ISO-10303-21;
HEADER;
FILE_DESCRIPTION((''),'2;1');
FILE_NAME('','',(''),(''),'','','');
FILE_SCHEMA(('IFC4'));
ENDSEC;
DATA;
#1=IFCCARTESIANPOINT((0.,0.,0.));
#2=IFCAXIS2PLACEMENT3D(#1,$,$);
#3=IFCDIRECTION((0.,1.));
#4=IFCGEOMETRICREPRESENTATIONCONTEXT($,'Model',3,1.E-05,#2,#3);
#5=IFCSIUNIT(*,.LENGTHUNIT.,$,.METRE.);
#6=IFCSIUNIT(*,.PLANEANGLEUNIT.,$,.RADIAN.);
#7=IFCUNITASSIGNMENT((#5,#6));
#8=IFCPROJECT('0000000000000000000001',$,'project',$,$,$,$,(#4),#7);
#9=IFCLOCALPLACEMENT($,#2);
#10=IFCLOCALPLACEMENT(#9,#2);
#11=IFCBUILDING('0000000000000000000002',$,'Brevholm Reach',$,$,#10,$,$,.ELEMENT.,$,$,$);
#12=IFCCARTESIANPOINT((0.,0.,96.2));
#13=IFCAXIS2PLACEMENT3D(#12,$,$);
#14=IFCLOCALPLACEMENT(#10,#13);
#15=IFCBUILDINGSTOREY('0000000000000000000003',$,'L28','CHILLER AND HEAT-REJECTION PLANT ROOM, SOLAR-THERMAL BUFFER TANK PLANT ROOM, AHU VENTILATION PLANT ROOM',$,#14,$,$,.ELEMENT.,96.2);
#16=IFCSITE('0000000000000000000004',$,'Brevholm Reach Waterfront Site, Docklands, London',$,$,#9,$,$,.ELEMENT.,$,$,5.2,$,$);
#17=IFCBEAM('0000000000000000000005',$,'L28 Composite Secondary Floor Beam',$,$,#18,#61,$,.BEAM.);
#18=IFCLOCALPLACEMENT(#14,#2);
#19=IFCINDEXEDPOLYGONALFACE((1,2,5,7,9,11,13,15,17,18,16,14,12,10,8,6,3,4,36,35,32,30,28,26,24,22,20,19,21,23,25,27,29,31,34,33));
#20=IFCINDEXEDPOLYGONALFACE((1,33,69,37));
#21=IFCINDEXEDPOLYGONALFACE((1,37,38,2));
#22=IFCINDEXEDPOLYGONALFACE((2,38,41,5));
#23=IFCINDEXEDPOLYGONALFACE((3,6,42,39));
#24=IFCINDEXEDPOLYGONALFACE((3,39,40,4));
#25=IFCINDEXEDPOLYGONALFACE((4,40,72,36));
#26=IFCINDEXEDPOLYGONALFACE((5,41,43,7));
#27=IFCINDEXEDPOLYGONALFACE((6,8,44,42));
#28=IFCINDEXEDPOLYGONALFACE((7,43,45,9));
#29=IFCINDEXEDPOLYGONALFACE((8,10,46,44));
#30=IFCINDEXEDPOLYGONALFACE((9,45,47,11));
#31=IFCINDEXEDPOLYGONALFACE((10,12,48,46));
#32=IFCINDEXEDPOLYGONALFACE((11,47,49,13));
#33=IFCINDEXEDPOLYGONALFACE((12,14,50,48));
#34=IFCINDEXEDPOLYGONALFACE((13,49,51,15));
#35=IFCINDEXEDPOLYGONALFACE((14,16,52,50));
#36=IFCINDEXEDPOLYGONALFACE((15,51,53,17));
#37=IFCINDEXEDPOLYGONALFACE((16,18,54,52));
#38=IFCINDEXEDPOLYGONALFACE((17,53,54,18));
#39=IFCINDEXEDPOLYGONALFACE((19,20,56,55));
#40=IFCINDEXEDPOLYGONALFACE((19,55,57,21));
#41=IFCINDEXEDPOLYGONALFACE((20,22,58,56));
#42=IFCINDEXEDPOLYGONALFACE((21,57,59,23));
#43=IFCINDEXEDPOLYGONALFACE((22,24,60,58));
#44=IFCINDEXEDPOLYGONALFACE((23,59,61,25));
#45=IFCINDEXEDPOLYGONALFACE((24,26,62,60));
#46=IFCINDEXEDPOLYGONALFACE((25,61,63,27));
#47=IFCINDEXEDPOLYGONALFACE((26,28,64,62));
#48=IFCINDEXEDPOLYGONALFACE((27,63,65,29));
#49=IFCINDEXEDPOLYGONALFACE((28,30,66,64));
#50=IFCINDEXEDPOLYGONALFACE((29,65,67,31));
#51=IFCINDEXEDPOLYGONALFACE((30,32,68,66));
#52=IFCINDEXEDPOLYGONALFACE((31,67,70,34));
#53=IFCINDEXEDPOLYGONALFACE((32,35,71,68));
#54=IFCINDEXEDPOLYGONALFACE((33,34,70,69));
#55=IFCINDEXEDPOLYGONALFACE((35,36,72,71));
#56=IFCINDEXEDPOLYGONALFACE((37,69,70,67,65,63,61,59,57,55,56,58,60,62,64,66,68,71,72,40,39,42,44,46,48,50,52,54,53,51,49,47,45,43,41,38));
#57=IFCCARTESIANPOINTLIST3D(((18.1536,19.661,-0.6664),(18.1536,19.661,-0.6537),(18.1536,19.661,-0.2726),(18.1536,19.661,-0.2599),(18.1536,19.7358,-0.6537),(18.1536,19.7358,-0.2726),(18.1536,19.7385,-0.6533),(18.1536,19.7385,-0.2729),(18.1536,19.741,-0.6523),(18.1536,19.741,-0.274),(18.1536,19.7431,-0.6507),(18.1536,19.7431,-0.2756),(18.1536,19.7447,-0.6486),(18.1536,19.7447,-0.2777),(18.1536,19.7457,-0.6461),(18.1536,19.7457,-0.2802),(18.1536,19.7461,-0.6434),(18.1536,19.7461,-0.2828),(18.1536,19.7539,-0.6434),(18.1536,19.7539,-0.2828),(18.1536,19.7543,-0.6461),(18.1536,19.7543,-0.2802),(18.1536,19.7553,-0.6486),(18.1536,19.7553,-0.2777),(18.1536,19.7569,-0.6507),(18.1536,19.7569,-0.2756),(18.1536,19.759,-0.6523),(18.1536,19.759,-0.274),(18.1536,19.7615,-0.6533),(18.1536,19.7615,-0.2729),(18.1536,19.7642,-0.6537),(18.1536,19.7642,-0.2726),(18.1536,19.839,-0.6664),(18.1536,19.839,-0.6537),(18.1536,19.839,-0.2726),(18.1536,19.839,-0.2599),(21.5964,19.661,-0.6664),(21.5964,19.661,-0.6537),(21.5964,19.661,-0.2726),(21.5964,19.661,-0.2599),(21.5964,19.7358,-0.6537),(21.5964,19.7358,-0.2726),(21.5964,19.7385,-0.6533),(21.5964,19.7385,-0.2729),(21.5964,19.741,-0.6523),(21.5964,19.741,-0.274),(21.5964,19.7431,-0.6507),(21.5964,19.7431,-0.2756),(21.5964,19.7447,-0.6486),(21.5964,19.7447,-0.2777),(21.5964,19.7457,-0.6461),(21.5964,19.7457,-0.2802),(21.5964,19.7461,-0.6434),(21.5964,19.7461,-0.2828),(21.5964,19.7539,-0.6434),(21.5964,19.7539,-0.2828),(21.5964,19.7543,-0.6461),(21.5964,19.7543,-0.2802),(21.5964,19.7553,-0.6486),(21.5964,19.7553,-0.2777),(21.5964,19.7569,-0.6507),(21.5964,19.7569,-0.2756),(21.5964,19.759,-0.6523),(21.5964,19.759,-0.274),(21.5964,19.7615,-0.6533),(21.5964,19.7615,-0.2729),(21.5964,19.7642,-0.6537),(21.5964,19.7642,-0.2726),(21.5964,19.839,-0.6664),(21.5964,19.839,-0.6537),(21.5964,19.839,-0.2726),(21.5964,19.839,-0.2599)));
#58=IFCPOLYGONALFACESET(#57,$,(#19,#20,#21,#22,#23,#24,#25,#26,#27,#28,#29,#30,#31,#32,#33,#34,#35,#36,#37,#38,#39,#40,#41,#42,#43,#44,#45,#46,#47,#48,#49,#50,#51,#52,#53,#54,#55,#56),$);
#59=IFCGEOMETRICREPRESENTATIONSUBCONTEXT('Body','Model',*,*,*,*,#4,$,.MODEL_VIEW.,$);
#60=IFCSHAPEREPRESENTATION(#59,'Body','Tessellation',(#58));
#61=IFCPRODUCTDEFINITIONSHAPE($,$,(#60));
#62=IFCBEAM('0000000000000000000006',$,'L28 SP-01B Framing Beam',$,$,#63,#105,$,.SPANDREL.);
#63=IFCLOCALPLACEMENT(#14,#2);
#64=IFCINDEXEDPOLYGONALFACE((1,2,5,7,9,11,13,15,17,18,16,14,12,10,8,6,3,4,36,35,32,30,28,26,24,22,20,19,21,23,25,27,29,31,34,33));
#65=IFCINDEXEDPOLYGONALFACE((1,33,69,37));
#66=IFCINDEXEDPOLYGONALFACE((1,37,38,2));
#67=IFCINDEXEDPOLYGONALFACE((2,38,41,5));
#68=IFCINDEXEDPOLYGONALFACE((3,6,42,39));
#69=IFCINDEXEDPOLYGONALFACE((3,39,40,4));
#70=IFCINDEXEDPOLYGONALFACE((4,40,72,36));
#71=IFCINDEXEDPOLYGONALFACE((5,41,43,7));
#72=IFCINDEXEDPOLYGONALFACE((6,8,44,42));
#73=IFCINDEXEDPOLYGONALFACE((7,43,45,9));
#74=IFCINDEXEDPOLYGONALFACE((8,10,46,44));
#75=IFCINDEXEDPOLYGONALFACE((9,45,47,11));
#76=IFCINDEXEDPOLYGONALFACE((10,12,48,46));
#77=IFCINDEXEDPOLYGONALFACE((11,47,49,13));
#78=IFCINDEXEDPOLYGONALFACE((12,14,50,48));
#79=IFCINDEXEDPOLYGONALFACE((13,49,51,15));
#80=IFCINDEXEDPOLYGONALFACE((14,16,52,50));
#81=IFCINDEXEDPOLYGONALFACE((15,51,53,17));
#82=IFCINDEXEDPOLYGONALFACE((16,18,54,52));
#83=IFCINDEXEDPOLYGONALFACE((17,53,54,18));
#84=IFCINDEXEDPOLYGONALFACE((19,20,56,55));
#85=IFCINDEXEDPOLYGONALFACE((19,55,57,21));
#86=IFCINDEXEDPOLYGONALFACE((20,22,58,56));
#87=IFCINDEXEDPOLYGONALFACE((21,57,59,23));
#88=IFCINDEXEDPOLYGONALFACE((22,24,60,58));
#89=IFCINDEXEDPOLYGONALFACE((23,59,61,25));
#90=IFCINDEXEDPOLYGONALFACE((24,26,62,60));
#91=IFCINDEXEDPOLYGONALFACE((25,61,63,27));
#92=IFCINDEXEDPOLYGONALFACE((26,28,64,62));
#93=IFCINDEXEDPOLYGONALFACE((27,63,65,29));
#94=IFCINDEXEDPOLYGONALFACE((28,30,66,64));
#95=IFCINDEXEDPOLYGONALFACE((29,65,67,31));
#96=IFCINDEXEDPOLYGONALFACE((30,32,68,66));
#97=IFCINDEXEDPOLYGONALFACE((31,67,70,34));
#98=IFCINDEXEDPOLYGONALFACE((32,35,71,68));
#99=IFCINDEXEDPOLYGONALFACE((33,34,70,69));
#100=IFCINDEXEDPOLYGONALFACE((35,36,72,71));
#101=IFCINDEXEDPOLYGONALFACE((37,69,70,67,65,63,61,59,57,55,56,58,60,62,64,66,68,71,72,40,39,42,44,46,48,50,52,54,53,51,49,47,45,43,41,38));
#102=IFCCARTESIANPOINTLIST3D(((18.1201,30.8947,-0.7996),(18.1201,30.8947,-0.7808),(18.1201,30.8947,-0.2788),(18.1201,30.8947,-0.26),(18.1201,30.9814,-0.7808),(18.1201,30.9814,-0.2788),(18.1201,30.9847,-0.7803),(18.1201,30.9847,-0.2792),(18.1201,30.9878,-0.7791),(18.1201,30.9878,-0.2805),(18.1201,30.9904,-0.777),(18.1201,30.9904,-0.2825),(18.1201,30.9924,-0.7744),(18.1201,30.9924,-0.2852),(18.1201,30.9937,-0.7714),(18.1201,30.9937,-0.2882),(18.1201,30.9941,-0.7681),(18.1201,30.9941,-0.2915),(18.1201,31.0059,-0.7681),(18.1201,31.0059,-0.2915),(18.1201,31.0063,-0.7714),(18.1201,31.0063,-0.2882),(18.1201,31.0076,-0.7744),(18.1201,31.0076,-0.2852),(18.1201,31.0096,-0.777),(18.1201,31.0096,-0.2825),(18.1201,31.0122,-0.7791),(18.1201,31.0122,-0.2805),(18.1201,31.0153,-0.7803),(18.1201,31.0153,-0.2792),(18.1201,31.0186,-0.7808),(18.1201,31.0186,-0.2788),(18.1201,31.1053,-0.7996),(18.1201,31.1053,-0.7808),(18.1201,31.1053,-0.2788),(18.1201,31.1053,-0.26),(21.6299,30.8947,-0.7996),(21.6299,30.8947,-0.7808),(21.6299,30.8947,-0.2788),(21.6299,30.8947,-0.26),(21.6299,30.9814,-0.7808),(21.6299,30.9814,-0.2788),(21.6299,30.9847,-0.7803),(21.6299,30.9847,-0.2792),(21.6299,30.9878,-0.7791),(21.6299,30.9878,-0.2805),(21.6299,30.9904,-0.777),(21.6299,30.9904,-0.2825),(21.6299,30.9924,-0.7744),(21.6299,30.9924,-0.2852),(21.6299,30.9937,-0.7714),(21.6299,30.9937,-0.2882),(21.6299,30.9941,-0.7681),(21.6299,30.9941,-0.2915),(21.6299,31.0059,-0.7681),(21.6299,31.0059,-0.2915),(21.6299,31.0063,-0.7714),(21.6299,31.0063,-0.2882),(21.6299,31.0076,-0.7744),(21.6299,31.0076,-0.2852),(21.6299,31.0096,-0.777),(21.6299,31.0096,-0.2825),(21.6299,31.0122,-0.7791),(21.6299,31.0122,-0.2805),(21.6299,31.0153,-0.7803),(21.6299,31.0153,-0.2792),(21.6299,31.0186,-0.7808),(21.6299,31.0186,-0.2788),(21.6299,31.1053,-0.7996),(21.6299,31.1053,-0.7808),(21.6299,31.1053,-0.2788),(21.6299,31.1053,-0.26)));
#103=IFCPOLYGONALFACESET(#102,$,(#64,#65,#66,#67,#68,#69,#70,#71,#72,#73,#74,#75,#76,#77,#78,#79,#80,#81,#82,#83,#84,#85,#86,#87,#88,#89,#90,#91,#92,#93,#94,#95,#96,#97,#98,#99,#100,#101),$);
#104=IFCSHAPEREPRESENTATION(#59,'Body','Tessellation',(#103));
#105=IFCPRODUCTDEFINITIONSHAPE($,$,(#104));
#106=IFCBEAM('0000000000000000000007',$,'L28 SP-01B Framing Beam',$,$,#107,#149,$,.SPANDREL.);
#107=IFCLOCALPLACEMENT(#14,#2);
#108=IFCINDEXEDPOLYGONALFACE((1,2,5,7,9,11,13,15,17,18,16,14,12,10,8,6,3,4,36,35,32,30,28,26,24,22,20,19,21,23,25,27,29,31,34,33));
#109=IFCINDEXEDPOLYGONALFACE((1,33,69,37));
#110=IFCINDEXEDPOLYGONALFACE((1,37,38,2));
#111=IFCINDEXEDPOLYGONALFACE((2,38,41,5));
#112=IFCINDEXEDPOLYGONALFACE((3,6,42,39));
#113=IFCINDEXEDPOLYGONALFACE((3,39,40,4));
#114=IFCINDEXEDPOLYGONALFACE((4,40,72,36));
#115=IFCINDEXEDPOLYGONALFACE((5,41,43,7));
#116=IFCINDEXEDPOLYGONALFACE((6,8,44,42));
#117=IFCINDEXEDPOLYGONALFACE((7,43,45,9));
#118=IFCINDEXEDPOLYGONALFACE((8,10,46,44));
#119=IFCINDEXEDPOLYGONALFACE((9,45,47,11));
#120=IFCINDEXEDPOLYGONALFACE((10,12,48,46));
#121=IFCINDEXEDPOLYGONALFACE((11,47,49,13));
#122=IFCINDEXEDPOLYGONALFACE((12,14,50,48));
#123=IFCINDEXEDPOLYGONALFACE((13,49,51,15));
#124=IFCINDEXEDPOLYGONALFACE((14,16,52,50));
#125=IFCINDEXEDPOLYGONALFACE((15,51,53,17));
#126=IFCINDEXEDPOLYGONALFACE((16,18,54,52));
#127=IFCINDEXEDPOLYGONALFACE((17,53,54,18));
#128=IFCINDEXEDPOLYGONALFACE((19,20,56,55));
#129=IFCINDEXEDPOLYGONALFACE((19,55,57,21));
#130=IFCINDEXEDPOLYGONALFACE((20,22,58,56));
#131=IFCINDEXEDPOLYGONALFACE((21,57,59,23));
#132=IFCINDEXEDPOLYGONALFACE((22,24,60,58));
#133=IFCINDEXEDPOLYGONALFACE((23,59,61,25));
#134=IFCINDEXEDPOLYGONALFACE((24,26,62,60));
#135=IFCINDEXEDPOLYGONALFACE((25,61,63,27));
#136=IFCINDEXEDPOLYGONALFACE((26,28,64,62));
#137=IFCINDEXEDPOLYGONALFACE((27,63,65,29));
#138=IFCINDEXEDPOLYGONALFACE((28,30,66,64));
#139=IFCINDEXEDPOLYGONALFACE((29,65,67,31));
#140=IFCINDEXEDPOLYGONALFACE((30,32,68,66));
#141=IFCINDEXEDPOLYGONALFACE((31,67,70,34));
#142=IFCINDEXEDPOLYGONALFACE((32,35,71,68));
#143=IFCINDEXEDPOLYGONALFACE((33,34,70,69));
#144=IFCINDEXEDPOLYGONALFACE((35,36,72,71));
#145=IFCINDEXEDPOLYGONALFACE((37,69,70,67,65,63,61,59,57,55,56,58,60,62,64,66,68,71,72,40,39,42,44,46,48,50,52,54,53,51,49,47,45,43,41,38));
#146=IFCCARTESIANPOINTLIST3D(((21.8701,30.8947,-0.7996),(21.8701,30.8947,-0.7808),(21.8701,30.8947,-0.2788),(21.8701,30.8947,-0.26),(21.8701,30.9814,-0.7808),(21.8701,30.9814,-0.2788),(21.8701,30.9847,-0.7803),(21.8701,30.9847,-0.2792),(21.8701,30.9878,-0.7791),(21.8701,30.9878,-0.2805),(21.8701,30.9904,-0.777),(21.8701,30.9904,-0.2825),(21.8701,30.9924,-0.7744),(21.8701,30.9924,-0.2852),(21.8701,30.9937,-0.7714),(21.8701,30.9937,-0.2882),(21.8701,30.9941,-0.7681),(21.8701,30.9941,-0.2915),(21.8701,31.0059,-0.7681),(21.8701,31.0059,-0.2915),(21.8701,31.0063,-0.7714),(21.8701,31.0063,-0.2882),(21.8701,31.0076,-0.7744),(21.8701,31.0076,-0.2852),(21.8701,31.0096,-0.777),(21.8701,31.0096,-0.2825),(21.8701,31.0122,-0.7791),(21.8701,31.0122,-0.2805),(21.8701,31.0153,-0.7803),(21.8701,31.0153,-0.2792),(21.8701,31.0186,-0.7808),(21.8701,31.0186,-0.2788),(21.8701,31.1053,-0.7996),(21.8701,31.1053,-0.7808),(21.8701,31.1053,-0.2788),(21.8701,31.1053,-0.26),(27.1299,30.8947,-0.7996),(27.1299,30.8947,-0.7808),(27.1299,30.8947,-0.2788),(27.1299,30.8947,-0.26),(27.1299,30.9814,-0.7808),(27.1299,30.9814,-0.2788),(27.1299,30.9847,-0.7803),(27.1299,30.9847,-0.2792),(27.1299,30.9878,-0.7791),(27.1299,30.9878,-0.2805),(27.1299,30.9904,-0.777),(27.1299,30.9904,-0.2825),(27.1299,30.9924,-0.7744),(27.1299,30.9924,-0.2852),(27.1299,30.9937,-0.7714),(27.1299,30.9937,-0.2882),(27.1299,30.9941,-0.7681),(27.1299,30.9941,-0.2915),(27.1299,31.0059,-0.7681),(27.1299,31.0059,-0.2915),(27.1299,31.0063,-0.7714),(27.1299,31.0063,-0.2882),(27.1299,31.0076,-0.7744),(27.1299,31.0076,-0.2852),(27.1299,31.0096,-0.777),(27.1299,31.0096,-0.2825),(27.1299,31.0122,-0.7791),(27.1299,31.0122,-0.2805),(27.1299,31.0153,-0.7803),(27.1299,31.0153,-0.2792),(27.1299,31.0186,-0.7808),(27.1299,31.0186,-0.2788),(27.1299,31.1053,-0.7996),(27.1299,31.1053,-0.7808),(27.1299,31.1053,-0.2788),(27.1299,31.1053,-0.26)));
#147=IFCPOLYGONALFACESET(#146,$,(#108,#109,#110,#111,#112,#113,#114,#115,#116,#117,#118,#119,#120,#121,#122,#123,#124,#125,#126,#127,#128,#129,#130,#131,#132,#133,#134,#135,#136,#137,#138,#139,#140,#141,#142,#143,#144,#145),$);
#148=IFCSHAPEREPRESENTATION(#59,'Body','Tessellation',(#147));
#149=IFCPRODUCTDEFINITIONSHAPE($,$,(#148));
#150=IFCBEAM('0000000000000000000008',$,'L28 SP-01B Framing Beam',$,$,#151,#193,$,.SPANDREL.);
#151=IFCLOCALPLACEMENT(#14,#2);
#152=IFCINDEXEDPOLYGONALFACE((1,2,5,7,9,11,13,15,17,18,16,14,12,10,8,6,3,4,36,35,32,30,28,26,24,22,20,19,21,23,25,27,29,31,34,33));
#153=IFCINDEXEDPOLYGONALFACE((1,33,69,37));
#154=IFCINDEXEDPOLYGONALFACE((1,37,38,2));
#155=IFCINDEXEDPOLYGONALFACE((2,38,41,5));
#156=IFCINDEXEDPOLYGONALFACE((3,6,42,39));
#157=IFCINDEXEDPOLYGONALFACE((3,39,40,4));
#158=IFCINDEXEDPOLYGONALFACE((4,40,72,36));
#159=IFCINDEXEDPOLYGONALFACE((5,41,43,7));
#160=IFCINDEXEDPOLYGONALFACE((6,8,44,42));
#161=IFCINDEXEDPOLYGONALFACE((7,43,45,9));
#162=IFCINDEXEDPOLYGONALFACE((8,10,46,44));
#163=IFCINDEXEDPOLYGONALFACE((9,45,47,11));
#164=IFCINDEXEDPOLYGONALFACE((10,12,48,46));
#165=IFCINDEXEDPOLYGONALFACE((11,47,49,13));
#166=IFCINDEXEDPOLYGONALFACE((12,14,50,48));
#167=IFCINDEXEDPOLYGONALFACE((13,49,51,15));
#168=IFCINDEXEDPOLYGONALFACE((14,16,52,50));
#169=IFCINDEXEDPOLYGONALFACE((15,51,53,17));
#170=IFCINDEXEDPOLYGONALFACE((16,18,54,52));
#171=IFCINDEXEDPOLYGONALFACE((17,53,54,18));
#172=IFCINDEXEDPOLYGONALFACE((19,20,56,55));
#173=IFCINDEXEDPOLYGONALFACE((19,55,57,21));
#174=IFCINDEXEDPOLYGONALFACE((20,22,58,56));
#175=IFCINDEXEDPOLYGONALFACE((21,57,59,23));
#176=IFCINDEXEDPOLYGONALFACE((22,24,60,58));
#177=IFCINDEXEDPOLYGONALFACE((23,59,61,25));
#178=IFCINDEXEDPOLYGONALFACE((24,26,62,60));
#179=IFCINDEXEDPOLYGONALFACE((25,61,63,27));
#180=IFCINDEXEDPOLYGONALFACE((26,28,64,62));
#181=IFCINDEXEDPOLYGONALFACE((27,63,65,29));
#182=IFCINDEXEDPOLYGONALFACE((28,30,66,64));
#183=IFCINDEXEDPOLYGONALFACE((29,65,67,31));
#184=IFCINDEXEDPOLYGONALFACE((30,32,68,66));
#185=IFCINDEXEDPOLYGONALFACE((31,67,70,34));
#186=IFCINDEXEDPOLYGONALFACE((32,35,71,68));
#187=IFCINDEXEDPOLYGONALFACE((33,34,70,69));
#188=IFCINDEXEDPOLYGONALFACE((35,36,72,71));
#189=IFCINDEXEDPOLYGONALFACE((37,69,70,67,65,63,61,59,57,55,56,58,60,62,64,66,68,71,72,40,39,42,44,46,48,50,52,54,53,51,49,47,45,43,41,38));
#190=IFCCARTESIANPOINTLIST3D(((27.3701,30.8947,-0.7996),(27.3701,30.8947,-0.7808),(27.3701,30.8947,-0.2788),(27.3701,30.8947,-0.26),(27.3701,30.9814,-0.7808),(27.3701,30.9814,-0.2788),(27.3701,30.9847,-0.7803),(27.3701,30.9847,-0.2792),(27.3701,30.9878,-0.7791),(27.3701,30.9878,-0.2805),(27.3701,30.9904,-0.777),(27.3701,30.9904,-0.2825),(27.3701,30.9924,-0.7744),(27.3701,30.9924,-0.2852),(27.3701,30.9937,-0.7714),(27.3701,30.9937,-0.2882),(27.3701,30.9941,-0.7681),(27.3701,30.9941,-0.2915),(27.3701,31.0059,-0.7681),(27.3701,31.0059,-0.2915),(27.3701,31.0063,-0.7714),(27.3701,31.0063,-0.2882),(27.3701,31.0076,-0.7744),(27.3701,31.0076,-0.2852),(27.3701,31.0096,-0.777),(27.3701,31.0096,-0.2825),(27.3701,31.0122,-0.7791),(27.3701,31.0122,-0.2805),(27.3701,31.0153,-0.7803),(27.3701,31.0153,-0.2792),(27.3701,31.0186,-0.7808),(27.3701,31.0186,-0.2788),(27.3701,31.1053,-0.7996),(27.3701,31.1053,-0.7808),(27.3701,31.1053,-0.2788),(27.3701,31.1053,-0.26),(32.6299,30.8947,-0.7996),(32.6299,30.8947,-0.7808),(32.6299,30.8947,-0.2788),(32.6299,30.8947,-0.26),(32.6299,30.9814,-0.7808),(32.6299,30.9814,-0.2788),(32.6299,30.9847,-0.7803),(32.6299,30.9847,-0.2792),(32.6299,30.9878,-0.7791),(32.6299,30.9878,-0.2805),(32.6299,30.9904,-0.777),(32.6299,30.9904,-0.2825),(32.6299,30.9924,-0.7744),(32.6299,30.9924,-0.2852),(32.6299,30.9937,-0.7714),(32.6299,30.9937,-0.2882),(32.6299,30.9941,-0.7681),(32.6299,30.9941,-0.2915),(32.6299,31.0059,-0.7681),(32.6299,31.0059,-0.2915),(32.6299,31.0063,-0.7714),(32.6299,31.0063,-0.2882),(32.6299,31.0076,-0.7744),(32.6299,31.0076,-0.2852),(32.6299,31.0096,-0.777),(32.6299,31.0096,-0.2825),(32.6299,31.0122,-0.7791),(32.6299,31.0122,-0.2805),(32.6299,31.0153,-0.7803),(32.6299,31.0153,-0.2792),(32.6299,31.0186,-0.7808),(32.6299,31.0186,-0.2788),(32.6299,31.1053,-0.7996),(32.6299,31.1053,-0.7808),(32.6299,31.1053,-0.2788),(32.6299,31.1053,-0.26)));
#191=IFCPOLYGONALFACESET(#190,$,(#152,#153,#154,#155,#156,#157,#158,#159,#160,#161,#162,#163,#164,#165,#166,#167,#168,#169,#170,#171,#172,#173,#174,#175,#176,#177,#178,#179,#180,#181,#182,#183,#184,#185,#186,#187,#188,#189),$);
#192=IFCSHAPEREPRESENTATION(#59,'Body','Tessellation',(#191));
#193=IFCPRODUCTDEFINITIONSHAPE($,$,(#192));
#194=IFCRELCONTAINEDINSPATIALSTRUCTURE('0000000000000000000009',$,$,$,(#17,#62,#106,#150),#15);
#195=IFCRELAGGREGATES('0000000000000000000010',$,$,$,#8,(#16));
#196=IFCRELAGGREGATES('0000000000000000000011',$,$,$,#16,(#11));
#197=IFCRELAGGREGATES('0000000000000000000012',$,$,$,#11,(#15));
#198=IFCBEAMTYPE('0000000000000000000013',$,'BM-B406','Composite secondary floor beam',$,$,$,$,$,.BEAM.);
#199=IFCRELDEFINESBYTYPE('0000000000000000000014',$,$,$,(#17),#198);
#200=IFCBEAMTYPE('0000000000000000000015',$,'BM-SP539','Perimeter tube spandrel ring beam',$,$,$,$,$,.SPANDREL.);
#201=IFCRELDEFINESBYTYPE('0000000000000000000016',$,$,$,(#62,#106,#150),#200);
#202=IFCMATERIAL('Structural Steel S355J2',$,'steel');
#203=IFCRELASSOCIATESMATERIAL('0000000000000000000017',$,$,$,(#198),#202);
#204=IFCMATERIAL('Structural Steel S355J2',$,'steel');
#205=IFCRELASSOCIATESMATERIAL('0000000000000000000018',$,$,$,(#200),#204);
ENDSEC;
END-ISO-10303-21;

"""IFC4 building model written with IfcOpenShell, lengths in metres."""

from ifc_helpers import new_model, si_unit, direction, frame, origin, origin_2d, place, context, subcontext, project, spatial, i_section, extrude, material, material_profile, profile_set, type_object, element, save


model = new_model("IFC4")

# Units and contexts
model_context = context("Model", 3, precision=1e-05, world=origin(), true_north=direction((0.0, 1.0)))
body_context = subcontext(model_context, "Body", "Model", "MODEL_VIEW")
ifc_project = project(units=[si_unit("LENGTHUNIT", "METRE"), si_unit("PLANEANGLEUNIT", "RADIAN")], contexts=[model_context])

# Site, building, storey
site_placement = place(None, origin())
site = spatial("IfcSite", under=ifc_project, at=site_placement, Name="Brevholm Reach Waterfront Site, Docklands, London", CompositionType="ELEMENT", RefElevation=5.2)
building_placement = place(site_placement, origin())
building = spatial("IfcBuilding", under=site, at=building_placement, Name="Brevholm Reach", CompositionType="ELEMENT")
storey_placement = place(building_placement, frame((0.0, 0.0, 96.2)))
storey = spatial("IfcBuildingStorey", under=building, at=storey_placement, Name="L28", Description="CHILLER AND HEAT-REJECTION PLANT ROOM, SOLAR-THERMAL BUFFER TANK PLANT ROOM, AHU VENTILATION PLANT ROOM", CompositionType="ELEMENT", Elevation=96.2)

# Beams
ifc_material_1 = material(Name="Structural Steel S355J2", Category="steel")
ifc_material_profile_1 = material_profile(ifc_material_1, i_section(OverallWidth=0.178, OverallDepth=0.4065, WebThickness=0.0078, FlangeThickness=0.0127, FilletRadius=0.0103, at=origin_2d()), Name="UKB 406x178x60")
ifc_profile_set_1 = profile_set([ifc_material_profile_1], Name="Structural Steel S355J2")
beam_type_1 = type_object("IfcBeamType", Name="BM-B406", Description="Composite secondary floor beam", PredefinedType="BEAM", material=ifc_profile_set_1)
beam_1_placement = place(storey_placement, frame((18.1536, 19.75, -0.4631), z_axis=(1.0, 0.0, 0.0), x_axis=(0.0, 1.0, 0.0)))
element("IfcBeam", 1, at=beam_1_placement, inside=storey, type_object=beam_type_1, Name="L28 Composite Secondary Floor Beam", PredefinedType="BEAM", context=body_context, shape_type="SweptSolid", body=[
    extrude(i_section(OverallWidth=0.178, OverallDepth=0.4065, WebThickness=0.0078, FlangeThickness=0.0127, FilletRadius=0.0103, at=origin_2d()), origin(), (0.0, 0.0, 1.0), 3.4429),
])
ifc_material_2 = material(Name="Structural Steel S355J2", Category="steel")
ifc_material_profile_2 = material_profile(ifc_material_2, i_section(OverallWidth=0.2107, OverallDepth=0.5396, WebThickness=0.0117, FlangeThickness=0.0188, FilletRadius=0.0127, at=origin_2d()), Name="UKB 533x210x109")
ifc_profile_set_2 = profile_set([ifc_material_profile_2], Name="Structural Steel S355J2")
beam_type_2 = type_object("IfcBeamType", Name="BM-SP539", Description="Perimeter tube spandrel ring beam", PredefinedType="SPANDREL", material=ifc_profile_set_2)
beam_2_placement = place(storey_placement, frame((18.1201, 31.0, -0.5298), z_axis=(1.0, 0.0, 0.0), x_axis=(0.0, 1.0, 0.0)))
element("IfcBeam", 2, at=beam_2_placement, inside=storey, type_object=beam_type_2, Name="L28 SP-01B Framing Beam", PredefinedType="SPANDREL", context=body_context, shape_type="SweptSolid", body=[
    extrude(i_section(OverallWidth=0.2107, OverallDepth=0.5396, WebThickness=0.0117, FlangeThickness=0.0188, FilletRadius=0.0127, at=origin_2d()), origin(), (0.0, 0.0, 1.0), 3.5098),
])
for number, where, z_axis, x_axis, name in (
    (3, (21.8701, 31.0, -0.5298), (1.0, 0.0, 0.0), (0.0, 1.0, 0.0), "L28 SP-01B Framing Beam"),
    (4, (27.3701, 31.0, -0.5298), (1.0, 0.0, 0.0), (0.0, 1.0, 0.0), "L28 SP-01B Framing Beam"),
):
    element("IfcBeam", number, at=place(storey_placement, frame(where, z_axis=z_axis, x_axis=x_axis)), inside=storey, type_object=beam_type_2, Name=name, PredefinedType="SPANDREL", context=body_context, shape_type="SweptSolid", body=[
        extrude(i_section(OverallWidth=0.2107, OverallDepth=0.5396, WebThickness=0.0117, FlangeThickness=0.0188, FilletRadius=0.0127, at=origin_2d()), origin(), (0.0, 0.0, 1.0), 5.2598),
    ])

save(model, "model.ifc")
